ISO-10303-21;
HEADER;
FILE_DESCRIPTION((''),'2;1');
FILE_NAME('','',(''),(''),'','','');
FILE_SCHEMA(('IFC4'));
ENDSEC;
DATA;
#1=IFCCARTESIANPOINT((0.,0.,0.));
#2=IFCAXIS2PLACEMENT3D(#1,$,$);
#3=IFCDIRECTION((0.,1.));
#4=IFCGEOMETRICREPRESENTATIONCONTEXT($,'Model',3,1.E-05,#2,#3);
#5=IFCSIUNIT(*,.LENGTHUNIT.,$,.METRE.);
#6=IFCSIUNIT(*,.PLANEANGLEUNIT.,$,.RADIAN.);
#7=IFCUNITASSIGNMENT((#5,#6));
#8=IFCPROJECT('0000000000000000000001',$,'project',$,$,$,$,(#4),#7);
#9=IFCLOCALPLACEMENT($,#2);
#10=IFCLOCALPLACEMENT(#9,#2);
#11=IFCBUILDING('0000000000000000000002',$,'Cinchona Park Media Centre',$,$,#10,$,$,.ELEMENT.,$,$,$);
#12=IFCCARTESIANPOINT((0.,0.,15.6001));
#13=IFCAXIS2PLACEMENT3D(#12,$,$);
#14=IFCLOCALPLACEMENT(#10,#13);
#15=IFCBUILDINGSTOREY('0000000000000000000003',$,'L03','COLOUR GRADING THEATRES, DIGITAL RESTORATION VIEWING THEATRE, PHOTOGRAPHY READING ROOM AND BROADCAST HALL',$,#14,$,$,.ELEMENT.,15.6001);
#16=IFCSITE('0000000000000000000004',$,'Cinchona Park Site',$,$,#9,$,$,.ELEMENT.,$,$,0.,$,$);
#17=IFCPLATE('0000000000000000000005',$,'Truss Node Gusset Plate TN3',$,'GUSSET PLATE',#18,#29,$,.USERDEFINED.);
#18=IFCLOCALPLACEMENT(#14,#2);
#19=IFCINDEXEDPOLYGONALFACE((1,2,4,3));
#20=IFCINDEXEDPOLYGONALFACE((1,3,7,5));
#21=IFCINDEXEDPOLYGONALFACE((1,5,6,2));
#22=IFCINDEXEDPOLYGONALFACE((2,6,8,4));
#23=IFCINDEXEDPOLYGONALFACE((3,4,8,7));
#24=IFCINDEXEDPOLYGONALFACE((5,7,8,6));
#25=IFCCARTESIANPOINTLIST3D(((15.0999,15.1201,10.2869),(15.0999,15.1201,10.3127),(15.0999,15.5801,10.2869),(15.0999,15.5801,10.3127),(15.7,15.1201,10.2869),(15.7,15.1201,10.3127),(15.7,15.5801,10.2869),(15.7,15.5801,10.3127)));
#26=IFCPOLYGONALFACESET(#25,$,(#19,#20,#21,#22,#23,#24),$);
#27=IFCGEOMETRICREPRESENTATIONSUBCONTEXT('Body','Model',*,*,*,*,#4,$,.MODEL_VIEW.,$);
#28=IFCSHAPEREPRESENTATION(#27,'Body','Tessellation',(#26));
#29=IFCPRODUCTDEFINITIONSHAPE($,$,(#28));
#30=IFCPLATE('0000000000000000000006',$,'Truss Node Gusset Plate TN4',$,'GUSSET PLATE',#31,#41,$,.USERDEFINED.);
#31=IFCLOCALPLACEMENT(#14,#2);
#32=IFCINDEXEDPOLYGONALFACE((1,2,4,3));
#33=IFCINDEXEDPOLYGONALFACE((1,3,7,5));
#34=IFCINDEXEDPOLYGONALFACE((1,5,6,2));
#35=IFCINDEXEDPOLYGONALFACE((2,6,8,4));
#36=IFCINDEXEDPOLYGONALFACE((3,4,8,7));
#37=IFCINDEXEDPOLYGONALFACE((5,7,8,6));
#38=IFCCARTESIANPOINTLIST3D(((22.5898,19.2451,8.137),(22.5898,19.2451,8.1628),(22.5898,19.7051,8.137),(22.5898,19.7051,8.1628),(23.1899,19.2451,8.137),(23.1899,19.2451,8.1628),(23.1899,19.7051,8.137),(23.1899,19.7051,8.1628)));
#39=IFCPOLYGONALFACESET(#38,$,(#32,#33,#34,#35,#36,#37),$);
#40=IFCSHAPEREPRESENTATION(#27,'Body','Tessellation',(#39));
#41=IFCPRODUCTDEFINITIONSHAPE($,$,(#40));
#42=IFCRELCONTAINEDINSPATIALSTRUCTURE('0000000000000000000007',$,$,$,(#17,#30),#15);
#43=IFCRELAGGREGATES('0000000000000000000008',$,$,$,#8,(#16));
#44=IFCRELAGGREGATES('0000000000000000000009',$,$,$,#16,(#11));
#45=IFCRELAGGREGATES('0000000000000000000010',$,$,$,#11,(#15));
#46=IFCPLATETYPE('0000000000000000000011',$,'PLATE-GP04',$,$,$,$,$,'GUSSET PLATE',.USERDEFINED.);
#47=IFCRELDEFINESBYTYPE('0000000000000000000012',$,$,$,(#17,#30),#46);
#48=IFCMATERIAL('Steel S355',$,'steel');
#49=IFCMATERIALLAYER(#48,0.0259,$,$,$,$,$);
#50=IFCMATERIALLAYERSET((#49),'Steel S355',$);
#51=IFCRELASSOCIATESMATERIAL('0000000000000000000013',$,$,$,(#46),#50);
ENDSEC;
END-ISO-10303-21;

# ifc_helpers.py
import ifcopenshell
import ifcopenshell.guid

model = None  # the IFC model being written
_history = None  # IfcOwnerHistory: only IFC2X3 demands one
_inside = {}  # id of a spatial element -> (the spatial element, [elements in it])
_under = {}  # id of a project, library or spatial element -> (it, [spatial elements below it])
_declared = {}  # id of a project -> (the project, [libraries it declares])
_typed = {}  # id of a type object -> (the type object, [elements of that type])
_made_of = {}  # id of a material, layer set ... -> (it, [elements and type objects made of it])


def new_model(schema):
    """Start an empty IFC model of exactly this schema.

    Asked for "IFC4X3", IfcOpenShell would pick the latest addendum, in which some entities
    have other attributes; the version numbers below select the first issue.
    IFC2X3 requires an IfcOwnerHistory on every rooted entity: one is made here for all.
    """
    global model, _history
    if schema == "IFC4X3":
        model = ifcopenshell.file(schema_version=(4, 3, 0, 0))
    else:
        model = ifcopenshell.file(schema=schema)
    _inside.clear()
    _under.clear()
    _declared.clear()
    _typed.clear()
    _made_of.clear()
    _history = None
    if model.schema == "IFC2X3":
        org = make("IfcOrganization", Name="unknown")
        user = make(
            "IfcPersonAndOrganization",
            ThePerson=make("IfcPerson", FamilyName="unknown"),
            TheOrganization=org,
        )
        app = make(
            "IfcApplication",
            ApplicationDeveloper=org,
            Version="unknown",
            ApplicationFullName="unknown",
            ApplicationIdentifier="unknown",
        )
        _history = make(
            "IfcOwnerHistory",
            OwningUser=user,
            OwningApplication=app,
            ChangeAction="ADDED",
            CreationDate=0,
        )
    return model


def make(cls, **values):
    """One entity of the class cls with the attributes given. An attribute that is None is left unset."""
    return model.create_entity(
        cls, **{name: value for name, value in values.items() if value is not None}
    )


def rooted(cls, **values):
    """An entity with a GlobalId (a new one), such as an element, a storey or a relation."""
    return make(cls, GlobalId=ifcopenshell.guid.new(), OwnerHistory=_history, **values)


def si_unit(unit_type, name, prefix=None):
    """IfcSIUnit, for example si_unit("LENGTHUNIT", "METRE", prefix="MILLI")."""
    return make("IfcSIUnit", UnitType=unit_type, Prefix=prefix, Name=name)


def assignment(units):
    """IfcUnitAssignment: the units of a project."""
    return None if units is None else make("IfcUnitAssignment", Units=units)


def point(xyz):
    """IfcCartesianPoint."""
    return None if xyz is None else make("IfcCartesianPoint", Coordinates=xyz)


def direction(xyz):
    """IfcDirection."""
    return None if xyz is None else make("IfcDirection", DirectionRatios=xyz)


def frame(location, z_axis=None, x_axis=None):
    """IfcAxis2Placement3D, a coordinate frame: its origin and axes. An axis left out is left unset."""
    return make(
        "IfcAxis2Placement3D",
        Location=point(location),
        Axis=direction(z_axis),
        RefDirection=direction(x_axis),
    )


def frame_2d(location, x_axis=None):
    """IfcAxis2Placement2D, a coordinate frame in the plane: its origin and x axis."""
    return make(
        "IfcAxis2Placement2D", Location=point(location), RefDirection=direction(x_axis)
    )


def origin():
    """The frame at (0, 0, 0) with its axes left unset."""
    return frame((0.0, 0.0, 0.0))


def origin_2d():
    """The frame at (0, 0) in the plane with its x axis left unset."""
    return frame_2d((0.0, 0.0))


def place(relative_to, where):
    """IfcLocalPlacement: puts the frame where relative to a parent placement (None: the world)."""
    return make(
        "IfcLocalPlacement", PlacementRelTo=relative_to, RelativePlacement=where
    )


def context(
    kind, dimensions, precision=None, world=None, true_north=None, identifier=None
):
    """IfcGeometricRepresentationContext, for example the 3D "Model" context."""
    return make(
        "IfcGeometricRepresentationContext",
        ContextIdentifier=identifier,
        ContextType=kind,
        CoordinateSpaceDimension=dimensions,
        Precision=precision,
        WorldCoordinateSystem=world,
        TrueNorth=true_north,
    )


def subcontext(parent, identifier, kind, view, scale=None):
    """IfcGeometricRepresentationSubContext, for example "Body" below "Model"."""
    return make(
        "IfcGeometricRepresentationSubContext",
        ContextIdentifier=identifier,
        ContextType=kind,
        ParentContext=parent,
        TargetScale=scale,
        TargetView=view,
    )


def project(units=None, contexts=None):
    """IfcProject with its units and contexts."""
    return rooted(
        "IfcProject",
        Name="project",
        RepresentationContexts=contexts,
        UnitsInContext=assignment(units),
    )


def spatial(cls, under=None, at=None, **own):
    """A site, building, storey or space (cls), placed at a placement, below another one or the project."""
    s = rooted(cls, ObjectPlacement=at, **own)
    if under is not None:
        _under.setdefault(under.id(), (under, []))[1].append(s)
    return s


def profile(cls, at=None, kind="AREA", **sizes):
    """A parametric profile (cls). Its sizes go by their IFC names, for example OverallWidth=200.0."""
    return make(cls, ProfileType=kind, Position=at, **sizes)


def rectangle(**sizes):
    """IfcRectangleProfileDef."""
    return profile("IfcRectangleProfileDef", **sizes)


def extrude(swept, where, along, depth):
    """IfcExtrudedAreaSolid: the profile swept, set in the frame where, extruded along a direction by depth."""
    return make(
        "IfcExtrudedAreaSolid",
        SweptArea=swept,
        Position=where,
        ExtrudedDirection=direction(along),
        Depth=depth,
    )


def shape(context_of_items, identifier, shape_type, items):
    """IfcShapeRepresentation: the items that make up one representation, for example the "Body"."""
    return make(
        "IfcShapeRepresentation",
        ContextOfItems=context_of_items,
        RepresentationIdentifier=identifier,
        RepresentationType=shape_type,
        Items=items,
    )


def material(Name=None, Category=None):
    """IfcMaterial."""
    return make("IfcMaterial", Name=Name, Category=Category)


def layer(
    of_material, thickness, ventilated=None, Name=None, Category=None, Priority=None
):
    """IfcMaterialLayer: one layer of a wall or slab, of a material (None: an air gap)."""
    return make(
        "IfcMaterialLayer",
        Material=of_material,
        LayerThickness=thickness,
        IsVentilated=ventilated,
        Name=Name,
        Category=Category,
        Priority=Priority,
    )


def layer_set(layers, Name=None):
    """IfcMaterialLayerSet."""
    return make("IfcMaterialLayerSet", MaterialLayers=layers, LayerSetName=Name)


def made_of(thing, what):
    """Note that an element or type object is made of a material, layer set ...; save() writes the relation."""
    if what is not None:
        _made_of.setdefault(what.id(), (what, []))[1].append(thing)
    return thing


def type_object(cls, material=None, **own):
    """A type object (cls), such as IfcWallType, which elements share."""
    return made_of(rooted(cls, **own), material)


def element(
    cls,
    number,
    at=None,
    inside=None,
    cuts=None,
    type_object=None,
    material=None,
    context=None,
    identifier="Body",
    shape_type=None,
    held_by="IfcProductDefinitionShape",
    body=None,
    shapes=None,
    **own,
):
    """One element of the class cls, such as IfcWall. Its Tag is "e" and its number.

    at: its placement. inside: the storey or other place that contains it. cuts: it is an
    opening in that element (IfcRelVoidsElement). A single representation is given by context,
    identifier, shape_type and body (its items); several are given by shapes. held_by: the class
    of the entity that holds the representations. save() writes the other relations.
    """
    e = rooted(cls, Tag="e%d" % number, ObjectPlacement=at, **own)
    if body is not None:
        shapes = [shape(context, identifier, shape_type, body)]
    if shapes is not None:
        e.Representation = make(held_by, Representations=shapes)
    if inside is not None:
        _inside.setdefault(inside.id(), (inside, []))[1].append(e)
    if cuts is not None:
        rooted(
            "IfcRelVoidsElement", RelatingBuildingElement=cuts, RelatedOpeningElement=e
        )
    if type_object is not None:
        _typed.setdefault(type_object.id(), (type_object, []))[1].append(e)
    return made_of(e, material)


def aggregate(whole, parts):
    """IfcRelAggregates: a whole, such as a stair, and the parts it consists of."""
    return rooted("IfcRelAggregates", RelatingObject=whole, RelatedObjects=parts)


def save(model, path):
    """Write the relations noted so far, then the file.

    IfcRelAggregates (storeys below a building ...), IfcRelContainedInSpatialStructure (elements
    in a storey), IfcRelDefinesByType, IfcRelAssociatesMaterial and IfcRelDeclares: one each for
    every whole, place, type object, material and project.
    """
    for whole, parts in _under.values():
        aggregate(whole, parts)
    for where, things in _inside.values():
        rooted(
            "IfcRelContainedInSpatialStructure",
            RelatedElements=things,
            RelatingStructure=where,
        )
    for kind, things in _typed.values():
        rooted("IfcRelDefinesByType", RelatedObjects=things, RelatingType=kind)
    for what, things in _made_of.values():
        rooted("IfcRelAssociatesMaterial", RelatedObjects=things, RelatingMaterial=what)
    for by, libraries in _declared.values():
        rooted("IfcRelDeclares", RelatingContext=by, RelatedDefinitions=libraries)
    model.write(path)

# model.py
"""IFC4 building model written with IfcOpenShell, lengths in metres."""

from ifc_helpers import new_model, si_unit, direction, frame, origin, origin_2d, place, context, subcontext, project, spatial, rectangle, extrude, material, layer, layer_set, type_object, element, save


model = new_model("IFC4")

# Units and contexts
model_context = context("Model", 3, precision=1e-05, world=origin(), true_north=direction((0.0, 1.0)))
body_context = subcontext(model_context, "Body", "Model", "MODEL_VIEW")
ifc_project = project(units=[si_unit("LENGTHUNIT", "METRE"), si_unit("PLANEANGLEUNIT", "RADIAN")], contexts=[model_context])

# Site, building, storey
site_placement = place(None, origin())
site = spatial("IfcSite", under=ifc_project, at=site_placement, Name="Cinchona Park Site", CompositionType="ELEMENT", RefElevation=0.0)
building_placement = place(site_placement, origin())
building = spatial("IfcBuilding", under=site, at=building_placement, Name="Cinchona Park Media Centre", CompositionType="ELEMENT")
storey_placement = place(building_placement, frame((0.0, 0.0, 15.6001)))
storey = spatial("IfcBuildingStorey", under=building, at=storey_placement, Name="L03", Description="COLOUR GRADING THEATRES, DIGITAL RESTORATION VIEWING THEATRE, PHOTOGRAPHY READING ROOM AND BROADCAST HALL", CompositionType="ELEMENT", Elevation=15.6001)

# Plates
ifc_material_1 = material(Name="Steel S355", Category="steel")
ifc_layer_1 = layer(ifc_material_1, 0.0259)
ifc_layer_set_1 = layer_set([ifc_layer_1], Name="Steel S355")
plate_type_1 = type_object("IfcPlateType", Name="PLATE-GP04", ElementType="GUSSET PLATE", PredefinedType="USERDEFINED", material=ifc_layer_set_1)
for number, where, z_axis, x_axis, name in (
    (1, (15.3999, 15.3501, 10.2869), (0.0, 0.0, 1.0), (1.0, 0.0, 0.0), "Truss Node Gusset Plate TN3"),
    (2, (22.8899, 19.4751, 8.137), (0.0, 0.0, 1.0), (1.0, 0.0, 0.0), "Truss Node Gusset Plate TN4"),
):
    element("IfcPlate", number, at=place(storey_placement, frame(where, z_axis=z_axis, x_axis=x_axis)), inside=storey, type_object=plate_type_1, Name=name, ObjectType="GUSSET PLATE", PredefinedType="USERDEFINED", context=body_context, shape_type="SweptSolid", body=[
        extrude(rectangle(XDim=0.6001, YDim=0.46, at=origin_2d()), origin(), (0.0, 0.0, 1.0), 0.0259),
    ])

save(model, "model.ifc")
